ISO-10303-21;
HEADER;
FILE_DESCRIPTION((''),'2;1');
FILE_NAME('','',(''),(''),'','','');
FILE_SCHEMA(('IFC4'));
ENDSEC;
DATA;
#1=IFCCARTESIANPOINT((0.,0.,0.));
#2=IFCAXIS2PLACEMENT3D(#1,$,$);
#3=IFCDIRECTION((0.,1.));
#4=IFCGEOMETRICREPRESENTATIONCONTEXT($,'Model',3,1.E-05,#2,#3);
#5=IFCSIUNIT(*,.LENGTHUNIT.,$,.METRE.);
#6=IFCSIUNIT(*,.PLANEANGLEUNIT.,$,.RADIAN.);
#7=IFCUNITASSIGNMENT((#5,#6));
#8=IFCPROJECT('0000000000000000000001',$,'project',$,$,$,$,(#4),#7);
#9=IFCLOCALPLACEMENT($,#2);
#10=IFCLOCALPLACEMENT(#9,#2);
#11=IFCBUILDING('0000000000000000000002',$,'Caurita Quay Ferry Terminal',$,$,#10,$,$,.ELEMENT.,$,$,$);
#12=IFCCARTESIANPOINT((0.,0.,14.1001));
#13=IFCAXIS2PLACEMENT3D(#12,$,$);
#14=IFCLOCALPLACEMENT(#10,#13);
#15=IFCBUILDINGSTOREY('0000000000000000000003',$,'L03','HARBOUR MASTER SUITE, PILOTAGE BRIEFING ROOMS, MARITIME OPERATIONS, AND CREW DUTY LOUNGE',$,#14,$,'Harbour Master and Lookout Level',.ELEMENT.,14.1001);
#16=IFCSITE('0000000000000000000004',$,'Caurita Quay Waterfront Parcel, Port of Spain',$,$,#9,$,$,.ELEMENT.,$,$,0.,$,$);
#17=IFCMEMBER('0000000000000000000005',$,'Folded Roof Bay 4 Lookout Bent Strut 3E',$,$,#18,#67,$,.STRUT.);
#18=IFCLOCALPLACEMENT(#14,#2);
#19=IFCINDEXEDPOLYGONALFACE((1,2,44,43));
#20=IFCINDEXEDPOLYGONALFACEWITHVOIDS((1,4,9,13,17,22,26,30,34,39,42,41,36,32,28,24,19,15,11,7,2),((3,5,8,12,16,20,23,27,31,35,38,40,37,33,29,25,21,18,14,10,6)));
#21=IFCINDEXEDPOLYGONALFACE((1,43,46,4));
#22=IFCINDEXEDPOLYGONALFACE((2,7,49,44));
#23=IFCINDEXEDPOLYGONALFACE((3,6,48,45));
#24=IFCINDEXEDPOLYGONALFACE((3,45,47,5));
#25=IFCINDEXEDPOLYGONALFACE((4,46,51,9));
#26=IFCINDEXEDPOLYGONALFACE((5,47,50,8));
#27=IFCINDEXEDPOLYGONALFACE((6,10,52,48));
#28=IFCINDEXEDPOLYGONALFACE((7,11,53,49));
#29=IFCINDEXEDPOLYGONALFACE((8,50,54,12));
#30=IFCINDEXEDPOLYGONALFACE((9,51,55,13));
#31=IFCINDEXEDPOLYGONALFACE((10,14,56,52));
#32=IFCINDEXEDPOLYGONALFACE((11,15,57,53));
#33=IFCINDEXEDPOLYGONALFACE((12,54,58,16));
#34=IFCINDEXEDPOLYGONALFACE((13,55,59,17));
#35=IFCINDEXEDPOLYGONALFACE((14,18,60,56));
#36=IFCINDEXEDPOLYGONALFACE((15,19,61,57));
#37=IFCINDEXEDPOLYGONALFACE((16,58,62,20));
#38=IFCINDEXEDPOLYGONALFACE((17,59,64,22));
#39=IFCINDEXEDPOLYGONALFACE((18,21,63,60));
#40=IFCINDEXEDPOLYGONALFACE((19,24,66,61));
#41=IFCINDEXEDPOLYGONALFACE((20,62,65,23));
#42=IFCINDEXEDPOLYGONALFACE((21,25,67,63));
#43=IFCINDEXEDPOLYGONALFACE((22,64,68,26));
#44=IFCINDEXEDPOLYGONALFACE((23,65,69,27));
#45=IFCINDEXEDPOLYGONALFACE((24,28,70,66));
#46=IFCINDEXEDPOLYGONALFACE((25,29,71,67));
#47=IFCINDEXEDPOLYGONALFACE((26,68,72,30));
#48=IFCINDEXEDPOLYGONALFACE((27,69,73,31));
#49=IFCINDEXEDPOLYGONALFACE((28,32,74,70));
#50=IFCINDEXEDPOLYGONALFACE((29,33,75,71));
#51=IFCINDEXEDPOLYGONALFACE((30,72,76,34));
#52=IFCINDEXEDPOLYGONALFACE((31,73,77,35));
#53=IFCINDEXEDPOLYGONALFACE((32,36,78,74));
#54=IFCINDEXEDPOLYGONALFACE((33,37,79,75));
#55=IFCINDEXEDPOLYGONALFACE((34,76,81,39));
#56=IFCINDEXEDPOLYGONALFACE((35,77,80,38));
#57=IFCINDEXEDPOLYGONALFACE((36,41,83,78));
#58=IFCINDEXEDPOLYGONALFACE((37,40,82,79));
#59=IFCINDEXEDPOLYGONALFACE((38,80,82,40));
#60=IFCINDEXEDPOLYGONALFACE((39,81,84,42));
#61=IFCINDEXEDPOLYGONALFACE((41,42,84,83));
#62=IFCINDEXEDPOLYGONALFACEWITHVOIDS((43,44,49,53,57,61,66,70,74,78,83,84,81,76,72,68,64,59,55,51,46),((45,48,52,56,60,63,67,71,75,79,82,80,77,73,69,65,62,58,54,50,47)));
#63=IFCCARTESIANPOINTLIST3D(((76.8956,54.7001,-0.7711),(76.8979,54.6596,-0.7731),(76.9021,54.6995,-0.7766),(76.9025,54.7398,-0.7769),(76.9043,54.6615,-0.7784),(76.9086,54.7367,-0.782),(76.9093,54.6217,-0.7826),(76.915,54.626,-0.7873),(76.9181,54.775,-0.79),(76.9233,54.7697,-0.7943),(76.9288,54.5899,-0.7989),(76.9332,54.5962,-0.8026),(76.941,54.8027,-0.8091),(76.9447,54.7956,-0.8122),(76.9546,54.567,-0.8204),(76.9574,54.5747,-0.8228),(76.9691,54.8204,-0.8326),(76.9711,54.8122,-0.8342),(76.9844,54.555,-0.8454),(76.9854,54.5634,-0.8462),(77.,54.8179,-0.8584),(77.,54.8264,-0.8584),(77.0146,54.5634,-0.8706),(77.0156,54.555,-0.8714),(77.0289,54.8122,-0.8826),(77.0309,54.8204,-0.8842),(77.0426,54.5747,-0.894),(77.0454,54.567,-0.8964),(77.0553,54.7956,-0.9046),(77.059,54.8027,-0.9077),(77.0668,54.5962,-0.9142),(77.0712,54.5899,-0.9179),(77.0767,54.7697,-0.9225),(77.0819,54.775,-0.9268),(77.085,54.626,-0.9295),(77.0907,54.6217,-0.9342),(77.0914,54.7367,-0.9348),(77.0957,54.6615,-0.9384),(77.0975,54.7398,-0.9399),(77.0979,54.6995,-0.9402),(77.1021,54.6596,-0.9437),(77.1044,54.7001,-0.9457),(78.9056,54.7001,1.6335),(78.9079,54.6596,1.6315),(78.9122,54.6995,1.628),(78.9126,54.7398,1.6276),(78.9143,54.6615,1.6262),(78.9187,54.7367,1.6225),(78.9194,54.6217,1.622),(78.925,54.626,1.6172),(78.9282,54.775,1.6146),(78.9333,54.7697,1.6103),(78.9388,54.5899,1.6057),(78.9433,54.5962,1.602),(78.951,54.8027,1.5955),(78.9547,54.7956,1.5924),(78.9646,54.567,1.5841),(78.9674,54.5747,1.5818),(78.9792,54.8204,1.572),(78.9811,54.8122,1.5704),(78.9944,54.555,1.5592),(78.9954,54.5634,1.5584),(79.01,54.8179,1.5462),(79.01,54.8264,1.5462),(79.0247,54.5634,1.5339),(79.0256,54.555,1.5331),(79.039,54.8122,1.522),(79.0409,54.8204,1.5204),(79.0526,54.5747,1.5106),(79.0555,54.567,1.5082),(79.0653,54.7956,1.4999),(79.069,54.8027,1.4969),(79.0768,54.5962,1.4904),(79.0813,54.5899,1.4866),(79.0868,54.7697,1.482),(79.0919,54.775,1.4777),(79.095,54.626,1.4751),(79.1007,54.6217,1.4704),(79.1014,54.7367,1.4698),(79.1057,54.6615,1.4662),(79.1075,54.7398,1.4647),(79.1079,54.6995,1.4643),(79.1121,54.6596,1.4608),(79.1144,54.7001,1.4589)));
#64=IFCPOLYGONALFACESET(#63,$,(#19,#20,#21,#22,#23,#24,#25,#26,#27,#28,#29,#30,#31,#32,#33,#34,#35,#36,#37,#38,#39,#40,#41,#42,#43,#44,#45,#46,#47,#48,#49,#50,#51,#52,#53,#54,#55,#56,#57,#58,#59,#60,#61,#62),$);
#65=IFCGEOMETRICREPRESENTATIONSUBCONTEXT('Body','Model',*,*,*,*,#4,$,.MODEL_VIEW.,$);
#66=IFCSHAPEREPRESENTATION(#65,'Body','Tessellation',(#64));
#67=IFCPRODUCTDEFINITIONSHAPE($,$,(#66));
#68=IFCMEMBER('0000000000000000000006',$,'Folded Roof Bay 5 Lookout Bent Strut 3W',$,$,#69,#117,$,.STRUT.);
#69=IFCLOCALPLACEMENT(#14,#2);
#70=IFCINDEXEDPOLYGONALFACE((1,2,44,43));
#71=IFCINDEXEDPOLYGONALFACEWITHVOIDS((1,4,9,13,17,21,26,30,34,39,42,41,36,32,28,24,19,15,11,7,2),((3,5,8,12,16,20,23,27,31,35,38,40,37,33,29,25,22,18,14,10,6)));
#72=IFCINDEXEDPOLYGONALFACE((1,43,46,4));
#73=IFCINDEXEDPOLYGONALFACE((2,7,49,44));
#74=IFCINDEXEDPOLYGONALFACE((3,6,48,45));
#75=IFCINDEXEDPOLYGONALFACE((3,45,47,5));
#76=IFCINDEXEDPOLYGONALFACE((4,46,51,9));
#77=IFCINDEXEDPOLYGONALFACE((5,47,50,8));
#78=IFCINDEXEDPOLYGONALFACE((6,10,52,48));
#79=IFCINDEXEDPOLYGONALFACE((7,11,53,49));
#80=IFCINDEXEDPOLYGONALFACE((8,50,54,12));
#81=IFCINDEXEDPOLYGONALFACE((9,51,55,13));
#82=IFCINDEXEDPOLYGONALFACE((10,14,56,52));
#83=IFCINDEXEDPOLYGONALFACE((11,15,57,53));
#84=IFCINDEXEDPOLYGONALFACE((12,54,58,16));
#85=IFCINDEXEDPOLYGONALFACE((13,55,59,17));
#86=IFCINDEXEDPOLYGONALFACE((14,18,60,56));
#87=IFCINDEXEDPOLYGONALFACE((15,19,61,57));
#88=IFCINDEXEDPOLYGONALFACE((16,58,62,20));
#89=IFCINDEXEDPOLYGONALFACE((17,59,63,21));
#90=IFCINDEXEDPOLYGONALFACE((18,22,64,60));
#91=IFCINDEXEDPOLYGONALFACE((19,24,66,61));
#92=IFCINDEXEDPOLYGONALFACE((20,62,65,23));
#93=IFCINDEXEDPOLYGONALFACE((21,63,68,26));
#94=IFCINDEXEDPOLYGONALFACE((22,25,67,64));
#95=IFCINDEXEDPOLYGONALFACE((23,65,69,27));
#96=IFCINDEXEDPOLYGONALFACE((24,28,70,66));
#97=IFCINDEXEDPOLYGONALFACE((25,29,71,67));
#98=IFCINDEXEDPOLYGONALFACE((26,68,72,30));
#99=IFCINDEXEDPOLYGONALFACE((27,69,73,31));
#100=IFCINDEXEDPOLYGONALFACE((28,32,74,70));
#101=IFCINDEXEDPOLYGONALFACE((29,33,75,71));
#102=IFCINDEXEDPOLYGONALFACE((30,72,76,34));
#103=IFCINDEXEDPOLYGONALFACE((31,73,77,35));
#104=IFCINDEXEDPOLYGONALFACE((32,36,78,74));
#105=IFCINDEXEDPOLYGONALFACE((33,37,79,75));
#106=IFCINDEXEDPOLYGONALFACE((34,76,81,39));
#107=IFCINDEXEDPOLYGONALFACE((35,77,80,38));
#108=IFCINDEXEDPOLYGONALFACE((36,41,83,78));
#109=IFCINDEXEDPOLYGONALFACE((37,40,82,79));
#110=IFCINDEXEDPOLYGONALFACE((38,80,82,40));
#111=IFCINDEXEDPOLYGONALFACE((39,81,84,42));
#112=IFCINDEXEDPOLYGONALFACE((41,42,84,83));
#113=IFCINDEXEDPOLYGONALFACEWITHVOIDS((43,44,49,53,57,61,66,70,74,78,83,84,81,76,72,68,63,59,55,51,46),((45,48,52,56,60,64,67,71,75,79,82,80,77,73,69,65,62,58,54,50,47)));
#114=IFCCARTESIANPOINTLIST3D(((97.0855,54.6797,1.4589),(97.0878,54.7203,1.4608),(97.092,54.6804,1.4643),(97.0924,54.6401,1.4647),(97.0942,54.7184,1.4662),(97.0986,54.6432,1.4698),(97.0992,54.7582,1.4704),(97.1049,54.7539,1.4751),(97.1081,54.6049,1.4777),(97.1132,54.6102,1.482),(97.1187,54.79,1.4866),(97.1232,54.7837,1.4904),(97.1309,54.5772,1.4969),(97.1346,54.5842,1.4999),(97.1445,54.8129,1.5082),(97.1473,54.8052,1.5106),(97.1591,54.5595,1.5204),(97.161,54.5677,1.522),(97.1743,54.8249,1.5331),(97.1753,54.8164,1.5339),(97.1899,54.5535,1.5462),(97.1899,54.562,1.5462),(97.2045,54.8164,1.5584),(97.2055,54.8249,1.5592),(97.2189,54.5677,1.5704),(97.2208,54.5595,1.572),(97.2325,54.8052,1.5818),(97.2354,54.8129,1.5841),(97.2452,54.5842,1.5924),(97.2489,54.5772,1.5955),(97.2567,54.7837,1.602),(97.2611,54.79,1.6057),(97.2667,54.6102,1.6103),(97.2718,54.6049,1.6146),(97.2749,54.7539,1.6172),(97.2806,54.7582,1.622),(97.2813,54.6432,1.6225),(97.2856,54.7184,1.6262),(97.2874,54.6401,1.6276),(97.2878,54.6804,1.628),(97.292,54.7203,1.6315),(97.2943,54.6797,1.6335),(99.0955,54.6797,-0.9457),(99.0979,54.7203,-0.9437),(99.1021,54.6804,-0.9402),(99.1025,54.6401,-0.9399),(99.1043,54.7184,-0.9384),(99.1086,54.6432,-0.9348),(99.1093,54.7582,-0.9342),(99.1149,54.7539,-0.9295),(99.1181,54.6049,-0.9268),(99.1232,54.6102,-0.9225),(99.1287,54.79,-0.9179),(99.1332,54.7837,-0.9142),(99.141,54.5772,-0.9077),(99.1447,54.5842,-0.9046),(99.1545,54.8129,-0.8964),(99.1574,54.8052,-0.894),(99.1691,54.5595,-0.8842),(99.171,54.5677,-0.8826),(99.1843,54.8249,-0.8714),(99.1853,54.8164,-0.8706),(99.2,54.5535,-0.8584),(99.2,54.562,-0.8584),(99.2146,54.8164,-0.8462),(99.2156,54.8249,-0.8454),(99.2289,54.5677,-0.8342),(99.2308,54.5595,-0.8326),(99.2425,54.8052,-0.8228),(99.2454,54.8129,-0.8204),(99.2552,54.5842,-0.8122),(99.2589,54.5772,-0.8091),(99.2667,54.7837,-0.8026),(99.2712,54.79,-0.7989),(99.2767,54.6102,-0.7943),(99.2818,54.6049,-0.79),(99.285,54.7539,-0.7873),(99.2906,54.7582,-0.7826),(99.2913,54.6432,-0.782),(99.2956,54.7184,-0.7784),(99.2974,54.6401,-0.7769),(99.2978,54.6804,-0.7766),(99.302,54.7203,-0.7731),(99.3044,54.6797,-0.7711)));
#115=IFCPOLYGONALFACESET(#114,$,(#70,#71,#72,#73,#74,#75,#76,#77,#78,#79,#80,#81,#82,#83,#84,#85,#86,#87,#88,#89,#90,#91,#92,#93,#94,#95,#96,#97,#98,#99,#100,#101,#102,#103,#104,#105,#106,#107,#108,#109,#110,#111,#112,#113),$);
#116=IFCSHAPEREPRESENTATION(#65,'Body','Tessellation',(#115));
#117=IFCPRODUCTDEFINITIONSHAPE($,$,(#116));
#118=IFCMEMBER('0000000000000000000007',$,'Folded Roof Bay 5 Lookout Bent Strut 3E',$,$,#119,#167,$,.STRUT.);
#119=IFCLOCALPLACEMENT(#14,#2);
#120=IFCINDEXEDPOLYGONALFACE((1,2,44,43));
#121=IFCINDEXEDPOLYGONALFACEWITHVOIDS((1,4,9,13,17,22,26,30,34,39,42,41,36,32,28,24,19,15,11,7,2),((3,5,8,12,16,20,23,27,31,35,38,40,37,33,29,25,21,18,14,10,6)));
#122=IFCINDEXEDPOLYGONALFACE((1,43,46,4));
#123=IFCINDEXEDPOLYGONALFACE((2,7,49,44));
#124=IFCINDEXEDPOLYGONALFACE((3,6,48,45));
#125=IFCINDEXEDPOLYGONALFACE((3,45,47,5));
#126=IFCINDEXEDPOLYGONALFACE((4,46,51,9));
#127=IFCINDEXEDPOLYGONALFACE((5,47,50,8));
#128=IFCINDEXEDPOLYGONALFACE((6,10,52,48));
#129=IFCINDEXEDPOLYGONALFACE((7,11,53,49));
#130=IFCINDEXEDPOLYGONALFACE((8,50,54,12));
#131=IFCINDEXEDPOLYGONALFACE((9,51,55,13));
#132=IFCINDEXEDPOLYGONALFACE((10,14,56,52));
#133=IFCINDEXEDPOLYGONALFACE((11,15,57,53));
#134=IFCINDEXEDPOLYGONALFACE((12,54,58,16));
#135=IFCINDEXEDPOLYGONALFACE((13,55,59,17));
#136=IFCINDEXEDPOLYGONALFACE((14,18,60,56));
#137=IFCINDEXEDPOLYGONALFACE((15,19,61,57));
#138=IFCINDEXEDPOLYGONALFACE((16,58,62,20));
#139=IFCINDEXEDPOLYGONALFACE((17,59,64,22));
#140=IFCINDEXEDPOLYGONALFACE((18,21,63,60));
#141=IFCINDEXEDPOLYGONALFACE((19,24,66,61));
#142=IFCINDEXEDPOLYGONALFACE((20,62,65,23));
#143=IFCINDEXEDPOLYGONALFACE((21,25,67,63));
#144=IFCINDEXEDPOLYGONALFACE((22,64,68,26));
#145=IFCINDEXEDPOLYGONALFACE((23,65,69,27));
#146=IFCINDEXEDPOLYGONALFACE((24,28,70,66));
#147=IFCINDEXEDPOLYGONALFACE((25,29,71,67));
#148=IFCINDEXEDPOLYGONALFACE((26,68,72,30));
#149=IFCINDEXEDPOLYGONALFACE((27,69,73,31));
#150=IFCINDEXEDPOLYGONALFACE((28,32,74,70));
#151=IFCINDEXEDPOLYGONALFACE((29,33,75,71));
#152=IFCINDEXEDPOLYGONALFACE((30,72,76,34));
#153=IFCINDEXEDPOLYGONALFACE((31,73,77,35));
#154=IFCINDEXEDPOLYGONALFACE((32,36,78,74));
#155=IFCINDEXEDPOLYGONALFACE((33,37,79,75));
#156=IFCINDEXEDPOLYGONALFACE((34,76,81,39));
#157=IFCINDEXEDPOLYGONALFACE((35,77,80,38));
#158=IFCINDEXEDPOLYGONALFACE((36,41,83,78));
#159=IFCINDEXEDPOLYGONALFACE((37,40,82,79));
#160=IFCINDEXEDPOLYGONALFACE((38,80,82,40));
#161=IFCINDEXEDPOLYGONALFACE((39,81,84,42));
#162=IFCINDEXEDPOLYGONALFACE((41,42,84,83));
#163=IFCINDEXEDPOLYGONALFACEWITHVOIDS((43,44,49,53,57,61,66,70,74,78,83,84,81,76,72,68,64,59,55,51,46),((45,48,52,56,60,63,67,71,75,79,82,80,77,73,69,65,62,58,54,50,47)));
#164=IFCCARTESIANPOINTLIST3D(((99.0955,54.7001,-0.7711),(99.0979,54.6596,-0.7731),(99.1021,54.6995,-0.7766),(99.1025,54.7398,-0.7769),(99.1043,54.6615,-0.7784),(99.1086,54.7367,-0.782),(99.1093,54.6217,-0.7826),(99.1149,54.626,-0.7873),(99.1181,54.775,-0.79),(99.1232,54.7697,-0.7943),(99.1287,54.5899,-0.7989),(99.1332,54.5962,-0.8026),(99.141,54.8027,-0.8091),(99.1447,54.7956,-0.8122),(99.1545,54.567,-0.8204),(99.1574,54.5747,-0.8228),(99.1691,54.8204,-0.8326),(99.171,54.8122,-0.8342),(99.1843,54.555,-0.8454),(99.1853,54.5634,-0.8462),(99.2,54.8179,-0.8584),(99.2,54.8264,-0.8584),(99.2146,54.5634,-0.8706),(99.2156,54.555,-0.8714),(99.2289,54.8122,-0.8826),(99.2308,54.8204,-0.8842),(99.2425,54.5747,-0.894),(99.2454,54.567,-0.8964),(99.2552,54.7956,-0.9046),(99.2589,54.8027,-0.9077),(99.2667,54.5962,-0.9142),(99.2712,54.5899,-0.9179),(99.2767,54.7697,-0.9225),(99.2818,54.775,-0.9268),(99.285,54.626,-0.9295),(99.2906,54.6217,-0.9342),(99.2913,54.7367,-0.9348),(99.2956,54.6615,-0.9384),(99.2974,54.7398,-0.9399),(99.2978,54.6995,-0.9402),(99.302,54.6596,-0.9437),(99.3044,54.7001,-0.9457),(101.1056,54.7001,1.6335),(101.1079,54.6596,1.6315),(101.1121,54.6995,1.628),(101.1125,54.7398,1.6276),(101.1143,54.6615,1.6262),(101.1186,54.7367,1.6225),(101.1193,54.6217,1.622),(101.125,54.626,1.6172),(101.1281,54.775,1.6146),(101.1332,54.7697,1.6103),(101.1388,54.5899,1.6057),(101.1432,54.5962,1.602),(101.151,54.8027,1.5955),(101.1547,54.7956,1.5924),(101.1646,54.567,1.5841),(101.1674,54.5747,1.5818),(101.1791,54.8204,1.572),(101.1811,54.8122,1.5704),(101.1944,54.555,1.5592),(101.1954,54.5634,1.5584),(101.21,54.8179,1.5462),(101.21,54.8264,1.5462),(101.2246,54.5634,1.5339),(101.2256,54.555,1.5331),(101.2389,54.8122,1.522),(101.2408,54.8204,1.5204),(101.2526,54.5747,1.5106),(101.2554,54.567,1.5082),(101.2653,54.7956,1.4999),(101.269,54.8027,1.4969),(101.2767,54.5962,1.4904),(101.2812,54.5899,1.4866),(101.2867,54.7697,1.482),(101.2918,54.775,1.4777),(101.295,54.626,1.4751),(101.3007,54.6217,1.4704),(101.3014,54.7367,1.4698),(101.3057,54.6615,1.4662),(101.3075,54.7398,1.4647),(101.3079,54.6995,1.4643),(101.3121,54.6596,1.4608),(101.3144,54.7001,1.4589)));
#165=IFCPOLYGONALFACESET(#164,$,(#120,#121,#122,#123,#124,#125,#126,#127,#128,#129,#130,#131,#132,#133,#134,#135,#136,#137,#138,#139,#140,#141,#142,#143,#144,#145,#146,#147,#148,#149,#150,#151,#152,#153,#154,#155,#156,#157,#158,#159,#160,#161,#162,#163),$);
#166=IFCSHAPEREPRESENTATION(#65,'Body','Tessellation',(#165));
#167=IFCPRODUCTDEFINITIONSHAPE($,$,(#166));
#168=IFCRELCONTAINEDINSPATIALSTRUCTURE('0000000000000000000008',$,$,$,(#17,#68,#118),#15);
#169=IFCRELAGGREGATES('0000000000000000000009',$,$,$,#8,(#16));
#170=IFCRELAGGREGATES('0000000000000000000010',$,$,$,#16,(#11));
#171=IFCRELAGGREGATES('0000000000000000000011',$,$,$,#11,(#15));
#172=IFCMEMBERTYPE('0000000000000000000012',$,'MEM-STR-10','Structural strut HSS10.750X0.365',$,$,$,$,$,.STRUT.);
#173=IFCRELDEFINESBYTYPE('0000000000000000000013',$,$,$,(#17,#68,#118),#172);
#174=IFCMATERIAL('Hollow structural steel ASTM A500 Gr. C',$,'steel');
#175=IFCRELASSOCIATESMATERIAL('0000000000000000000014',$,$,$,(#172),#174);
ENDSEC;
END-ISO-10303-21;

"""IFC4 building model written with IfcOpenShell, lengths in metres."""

from ifc_helpers import new_model, si_unit, direction, frame, origin, origin_2d, place, context, subcontext, project, spatial, hollow_circle, extrude, material, material_profile, profile_set, type_object, element, save


model = new_model("IFC4")

# Units and contexts
model_context = context("Model", 3, precision=1e-05, world=origin(), true_north=direction((0.0, 1.0)))
body_context = subcontext(model_context, "Body", "Model", "MODEL_VIEW")
ifc_project = project(units=[si_unit("LENGTHUNIT", "METRE"), si_unit("PLANEANGLEUNIT", "RADIAN")], contexts=[model_context])

# Site, building, storey
site_placement = place(None, origin())
site = spatial("IfcSite", under=ifc_project, at=site_placement, Name="Caurita Quay Waterfront Parcel, Port of Spain", CompositionType="ELEMENT", RefElevation=0.0)
building_placement = place(site_placement, origin())
building = spatial("IfcBuilding", under=site, at=building_placement, Name="Caurita Quay Ferry Terminal", CompositionType="ELEMENT")
storey_placement = place(building_placement, frame((0.0, 0.0, 14.1001)))
storey = spatial("IfcBuildingStorey", under=building, at=storey_placement, Name="L03", Description="HARBOUR MASTER SUITE, PILOTAGE BRIEFING ROOMS, MARITIME OPERATIONS, AND CREW DUTY LOUNGE", LongName="Harbour Master and Lookout Level", CompositionType="ELEMENT", Elevation=14.1001)

# Members
ifc_material_1 = material(Name="Hollow structural steel ASTM A500 Gr. C", Category="steel")
ifc_material_profile_1 = material_profile(ifc_material_1, hollow_circle(Radius=0.1365, WallThickness=0.0085, at=origin_2d()), Name="HSS10.750X0.365")
ifc_profile_set_1 = profile_set([ifc_material_profile_1], Name="Hollow structural steel ASTM A500 Gr. C")
member_type_1 = type_object("IfcMemberType", Name="MEM-STR-10", Description="Structural strut HSS10.750X0.365", PredefinedType="STRUT", material=ifc_profile_set_1)
for number, where, z_axis, x_axis, name in (
    (1, (77.0, 54.6899, -0.8584), (0.641356, 0.0, 0.767243), (0.0, 1.0, 0.0), "Folded Roof Bay 4 Lookout Bent Strut 3E"),
    (2, (99.2, 54.6899, -0.8584), (-0.641356, 0.0, 0.767243), (0.0, -1.0, 0.0), "Folded Roof Bay 5 Lookout Bent Strut 3W"),
    (3, (99.2, 54.6899, -0.8584), (0.641356, 0.0, 0.767243), (0.0, 1.0, 0.0), "Folded Roof Bay 5 Lookout Bent Strut 3E"),
):
    element("IfcMember", number, at=place(storey_placement, frame(where, z_axis=z_axis, x_axis=x_axis)), inside=storey, type_object=member_type_1, Name=name, PredefinedType="STRUT", context=body_context, shape_type="SweptSolid", body=[
        extrude(hollow_circle(Radius=0.1365, WallThickness=0.0085, at=origin_2d()), origin(), (0.0, 0.0, 1.0), 3.134),
    ])

save(model, "model.ifc")
